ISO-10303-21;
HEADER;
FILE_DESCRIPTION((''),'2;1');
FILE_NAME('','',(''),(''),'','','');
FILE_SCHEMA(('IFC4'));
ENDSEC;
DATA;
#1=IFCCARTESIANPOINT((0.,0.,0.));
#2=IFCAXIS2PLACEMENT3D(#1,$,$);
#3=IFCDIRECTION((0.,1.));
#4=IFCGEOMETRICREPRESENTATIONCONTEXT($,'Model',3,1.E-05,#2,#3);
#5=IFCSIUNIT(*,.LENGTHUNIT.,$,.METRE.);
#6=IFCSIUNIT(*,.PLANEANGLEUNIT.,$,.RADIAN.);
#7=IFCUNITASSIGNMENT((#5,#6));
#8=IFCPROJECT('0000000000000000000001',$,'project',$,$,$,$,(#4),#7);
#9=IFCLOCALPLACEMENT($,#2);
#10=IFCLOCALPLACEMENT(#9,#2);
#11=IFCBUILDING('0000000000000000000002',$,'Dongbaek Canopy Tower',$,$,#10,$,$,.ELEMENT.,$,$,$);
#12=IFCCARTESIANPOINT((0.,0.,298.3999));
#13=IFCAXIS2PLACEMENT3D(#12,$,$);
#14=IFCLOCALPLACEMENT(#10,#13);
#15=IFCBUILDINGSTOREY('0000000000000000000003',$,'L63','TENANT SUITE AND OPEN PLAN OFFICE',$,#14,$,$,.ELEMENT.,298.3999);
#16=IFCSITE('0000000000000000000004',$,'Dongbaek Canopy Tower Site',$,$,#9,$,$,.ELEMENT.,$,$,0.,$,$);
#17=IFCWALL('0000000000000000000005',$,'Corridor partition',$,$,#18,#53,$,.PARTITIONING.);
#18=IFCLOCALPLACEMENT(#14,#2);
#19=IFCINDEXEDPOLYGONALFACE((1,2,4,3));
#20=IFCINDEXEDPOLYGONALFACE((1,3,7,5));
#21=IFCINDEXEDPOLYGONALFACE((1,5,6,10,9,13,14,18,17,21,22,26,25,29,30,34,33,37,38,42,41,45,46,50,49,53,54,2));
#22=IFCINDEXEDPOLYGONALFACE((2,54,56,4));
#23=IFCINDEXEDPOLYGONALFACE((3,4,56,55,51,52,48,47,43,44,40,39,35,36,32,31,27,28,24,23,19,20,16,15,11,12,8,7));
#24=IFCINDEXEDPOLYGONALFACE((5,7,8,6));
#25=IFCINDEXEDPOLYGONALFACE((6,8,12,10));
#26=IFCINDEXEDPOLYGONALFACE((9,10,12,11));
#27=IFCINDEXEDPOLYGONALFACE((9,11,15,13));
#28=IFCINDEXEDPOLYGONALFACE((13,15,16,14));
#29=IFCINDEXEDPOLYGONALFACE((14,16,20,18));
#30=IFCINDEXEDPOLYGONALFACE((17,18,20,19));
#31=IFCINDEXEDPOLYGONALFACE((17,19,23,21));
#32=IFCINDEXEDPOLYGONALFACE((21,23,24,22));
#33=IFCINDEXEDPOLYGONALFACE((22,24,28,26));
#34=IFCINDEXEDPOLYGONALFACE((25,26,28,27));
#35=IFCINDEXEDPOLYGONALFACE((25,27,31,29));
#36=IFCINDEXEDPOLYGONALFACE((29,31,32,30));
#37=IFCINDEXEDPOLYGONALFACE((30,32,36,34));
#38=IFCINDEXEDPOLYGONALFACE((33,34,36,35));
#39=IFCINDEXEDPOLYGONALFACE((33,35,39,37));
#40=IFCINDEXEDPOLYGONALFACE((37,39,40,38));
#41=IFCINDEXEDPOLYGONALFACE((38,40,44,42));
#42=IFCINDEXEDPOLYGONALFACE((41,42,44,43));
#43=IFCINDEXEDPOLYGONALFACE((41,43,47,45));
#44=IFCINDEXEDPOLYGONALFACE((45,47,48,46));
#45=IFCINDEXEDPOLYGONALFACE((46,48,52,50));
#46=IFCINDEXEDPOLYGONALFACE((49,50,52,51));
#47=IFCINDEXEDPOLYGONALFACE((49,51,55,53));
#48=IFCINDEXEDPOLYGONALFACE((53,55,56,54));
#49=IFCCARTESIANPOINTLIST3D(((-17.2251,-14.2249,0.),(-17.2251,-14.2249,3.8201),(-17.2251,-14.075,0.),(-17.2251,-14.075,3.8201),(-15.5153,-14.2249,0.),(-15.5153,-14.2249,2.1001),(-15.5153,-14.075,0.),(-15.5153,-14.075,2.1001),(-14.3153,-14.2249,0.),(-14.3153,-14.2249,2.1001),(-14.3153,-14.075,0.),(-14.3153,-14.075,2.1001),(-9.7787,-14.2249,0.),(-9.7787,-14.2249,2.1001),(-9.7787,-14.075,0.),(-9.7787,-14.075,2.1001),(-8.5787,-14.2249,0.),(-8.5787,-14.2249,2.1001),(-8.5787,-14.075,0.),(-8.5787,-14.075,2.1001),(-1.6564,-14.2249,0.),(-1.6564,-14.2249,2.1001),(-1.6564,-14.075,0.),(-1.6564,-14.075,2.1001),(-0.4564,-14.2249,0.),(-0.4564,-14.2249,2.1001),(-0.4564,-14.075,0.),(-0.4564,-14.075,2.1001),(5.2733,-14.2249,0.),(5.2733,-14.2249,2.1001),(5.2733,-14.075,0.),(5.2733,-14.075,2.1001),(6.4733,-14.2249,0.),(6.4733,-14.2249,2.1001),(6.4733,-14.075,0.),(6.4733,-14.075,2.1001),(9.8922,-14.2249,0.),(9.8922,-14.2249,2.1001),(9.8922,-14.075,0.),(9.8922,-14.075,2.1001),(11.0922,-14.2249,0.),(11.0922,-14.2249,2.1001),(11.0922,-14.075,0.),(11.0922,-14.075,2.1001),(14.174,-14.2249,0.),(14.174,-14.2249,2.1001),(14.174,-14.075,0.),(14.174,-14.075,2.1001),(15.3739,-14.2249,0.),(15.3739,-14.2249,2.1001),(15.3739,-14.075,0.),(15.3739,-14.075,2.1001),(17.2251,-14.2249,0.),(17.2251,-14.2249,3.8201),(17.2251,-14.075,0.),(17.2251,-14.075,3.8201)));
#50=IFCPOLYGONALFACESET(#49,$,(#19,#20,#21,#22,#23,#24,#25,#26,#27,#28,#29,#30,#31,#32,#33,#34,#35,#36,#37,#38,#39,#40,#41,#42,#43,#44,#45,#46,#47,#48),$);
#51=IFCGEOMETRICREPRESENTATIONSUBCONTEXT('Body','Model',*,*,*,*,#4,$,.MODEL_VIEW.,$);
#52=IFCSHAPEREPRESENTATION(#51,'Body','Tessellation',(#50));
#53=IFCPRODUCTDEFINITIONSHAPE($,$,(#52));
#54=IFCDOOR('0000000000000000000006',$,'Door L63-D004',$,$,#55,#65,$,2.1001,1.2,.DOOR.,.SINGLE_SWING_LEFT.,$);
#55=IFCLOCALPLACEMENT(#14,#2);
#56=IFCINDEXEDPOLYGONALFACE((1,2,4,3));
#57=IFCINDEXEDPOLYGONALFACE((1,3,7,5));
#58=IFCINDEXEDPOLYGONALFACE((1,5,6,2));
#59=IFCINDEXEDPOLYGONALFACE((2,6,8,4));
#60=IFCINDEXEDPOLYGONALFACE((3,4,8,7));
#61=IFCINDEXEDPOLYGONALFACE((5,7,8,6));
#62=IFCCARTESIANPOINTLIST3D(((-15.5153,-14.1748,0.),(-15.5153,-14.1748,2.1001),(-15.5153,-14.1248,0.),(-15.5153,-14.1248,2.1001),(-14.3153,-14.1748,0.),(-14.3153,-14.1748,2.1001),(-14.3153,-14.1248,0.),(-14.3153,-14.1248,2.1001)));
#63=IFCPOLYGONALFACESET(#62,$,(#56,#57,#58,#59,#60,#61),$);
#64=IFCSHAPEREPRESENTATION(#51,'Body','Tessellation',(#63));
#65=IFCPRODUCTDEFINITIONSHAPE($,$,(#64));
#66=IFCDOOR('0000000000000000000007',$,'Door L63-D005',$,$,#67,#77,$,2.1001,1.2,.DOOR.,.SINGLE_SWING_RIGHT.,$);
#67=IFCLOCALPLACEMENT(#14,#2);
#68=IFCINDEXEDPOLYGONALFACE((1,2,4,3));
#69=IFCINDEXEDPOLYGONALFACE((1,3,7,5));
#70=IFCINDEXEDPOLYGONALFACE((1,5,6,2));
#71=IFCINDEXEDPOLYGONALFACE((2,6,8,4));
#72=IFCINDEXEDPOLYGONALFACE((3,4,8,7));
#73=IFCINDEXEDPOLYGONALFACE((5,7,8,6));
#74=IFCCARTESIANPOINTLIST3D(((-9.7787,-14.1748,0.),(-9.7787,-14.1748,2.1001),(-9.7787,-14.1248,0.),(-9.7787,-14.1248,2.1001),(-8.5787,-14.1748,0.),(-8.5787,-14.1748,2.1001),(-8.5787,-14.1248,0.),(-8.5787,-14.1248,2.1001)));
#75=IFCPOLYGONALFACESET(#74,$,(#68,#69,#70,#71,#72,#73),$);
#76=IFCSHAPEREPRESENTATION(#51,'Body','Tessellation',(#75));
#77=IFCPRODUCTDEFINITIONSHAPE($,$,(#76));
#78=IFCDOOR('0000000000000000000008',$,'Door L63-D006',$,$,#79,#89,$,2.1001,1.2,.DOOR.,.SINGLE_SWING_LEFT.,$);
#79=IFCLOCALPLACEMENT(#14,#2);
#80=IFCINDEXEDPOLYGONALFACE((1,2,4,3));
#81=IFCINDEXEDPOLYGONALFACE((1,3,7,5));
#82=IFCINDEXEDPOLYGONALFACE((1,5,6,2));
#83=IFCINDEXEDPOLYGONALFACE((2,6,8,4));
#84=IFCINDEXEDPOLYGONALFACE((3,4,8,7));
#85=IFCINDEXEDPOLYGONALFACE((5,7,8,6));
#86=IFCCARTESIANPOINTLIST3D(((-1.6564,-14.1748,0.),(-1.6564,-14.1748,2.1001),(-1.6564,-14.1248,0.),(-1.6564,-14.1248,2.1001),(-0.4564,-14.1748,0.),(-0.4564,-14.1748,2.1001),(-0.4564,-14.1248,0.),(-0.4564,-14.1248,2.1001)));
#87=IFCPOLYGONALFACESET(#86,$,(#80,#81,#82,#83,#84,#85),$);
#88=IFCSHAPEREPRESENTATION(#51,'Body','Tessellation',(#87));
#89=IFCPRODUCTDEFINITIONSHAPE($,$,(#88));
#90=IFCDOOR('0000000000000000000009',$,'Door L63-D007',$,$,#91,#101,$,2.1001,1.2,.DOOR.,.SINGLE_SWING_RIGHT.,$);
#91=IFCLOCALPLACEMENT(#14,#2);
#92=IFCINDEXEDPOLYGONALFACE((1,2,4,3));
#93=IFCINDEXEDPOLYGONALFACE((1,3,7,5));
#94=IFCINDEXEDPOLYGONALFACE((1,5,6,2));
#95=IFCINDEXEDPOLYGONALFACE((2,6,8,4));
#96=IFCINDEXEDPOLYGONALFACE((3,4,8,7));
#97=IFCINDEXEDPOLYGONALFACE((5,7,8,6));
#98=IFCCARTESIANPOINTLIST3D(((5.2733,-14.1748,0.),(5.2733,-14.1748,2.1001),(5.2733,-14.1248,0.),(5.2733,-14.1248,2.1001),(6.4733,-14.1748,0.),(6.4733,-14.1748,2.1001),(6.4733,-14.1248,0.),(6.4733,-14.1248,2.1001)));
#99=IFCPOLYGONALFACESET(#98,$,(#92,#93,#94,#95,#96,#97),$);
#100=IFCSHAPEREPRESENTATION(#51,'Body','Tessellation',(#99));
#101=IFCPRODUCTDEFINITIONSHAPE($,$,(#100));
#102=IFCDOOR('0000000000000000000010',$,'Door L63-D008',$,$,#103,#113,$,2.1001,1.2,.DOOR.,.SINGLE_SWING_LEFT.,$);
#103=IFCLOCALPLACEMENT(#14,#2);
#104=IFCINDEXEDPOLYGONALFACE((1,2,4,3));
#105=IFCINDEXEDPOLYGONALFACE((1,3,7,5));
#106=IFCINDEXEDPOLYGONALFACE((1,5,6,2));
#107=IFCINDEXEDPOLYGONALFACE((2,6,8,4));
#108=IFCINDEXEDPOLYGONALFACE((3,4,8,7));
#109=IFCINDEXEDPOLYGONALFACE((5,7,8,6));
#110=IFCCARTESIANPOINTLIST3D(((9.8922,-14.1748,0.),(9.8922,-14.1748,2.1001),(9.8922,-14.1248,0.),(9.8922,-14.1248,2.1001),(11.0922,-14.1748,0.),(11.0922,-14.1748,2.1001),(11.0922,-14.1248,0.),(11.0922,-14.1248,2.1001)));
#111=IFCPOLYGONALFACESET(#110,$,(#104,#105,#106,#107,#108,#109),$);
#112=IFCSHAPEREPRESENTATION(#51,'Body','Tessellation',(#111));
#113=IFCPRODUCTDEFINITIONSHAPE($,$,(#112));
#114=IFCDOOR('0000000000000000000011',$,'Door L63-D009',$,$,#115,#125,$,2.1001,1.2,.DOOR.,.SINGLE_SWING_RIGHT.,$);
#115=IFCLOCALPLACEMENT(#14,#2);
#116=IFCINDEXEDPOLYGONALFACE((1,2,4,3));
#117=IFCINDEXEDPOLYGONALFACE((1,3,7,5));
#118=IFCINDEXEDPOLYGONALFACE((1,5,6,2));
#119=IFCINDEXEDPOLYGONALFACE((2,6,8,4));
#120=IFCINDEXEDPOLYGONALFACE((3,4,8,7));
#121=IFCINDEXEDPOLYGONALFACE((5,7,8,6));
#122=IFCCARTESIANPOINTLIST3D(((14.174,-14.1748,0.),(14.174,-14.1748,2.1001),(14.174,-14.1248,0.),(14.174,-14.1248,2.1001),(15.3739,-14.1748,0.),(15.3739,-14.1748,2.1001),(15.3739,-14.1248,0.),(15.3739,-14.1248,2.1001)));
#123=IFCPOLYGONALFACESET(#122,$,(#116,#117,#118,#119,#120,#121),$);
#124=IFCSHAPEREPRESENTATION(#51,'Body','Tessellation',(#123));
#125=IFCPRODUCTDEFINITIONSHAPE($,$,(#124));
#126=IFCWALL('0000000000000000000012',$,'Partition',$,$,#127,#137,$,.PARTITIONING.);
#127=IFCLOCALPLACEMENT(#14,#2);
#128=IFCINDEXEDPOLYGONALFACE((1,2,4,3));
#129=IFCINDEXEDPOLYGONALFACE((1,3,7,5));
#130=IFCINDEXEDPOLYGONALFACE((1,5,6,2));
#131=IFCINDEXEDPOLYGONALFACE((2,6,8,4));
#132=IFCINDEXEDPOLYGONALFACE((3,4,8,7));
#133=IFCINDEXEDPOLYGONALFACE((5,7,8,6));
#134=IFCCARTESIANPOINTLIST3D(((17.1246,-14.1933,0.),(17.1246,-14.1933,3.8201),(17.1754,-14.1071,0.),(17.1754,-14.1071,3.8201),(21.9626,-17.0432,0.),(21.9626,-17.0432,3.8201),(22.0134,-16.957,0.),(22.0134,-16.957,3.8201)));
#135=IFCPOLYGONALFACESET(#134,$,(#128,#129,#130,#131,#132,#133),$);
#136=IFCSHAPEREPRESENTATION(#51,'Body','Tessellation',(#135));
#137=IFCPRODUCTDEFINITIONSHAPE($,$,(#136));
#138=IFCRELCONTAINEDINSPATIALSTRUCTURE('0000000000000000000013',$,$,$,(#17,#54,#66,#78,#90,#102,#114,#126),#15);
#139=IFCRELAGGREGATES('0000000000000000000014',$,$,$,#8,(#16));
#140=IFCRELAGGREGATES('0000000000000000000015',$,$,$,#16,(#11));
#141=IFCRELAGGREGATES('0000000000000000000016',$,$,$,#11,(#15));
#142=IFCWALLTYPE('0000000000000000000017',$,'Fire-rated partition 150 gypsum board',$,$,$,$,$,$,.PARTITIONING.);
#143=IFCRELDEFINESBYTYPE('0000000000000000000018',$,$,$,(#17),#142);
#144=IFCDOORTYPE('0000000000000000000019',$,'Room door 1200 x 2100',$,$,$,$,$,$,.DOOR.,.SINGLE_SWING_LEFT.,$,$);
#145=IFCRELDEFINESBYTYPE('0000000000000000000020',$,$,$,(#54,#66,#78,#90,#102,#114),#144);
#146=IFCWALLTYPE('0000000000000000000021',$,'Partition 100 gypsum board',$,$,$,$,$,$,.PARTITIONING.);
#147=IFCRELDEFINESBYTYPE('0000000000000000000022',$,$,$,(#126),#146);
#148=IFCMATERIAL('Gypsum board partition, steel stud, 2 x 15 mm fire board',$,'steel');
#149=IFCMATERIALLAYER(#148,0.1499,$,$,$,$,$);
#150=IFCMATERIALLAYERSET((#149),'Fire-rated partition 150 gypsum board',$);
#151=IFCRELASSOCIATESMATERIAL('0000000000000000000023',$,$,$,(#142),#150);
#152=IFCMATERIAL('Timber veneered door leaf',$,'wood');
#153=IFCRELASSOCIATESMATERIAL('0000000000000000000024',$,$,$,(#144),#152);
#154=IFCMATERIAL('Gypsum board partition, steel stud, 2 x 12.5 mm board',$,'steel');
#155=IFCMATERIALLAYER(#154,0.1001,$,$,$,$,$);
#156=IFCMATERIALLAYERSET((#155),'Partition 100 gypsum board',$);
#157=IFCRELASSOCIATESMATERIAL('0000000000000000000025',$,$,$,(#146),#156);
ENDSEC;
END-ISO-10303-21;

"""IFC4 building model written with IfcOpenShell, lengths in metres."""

from ifc_helpers import new_model, si_unit, direction, frame, frame_2d, origin, place, context, subcontext, project, spatial, rectangle, extrude, material, layer, layer_set, type_object, element, fill, save


model = new_model("IFC4")

# Units and contexts
model_context = context("Model", 3, precision=1e-05, world=origin(), true_north=direction((0.0, 1.0)))
body_context = subcontext(model_context, "Body", "Model", "MODEL_VIEW")
ifc_project = project(units=[si_unit("LENGTHUNIT", "METRE"), si_unit("PLANEANGLEUNIT", "RADIAN")], contexts=[model_context])

# Site, building, storey
site_placement = place(None, origin())
site = spatial("IfcSite", under=ifc_project, at=site_placement, Name="Dongbaek Canopy Tower Site", CompositionType="ELEMENT", RefElevation=0.0)
building_placement = place(site_placement, origin())
building = spatial("IfcBuilding", under=site, at=building_placement, Name="Dongbaek Canopy Tower", CompositionType="ELEMENT")
storey_placement = place(building_placement, frame((0.0, 0.0, 298.3999)))
storey = spatial("IfcBuildingStorey", under=building, at=storey_placement, Name="L63", Description="TENANT SUITE AND OPEN PLAN OFFICE", CompositionType="ELEMENT", Elevation=298.3999)

# Wall, openings, doors
ifc_material_1 = material(Name="Gypsum board partition, steel stud, 2 x 15 mm fire board", Category="steel")
ifc_layer_1 = layer(ifc_material_1, 0.1499)
ifc_layer_set_1 = layer_set([ifc_layer_1], Name="Fire-rated partition 150 gypsum board")
wall_type_1 = type_object("IfcWallType", Name="Fire-rated partition 150 gypsum board", PredefinedType="PARTITIONING", material=ifc_layer_set_1)
wall_1_placement = place(storey_placement, frame((17.2251, -14.1499, 0.0), z_axis=(0.0, 0.0, 1.0), x_axis=(-1.0, 0.0, 0.0)))
wall_1 = element("IfcWall", 1, at=wall_1_placement, inside=storey, type_object=wall_type_1, Name="Corridor partition", PredefinedType="PARTITIONING", context=body_context, shape_type="SweptSolid", body=[
    extrude(rectangle(XDim=34.4502, YDim=0.1499, at=frame_2d((17.2251, 0.0))), origin(), (0.0, 0.0, 1.0), 3.8201),
])
opening_1_placement = place(wall_1_placement, frame((31.5403, 0.0, 0.0)))
opening_1 = element("IfcOpeningElement", 2, at=opening_1_placement, cuts=wall_1, PredefinedType="OPENING", context=body_context, shape_type="SweptSolid", body=[
    extrude(rectangle(XDim=1.2, YDim=2.1001, at=frame_2d((0.6001, 1.05))), frame((0.0, 0.085, 0.0), z_axis=(0.0, -1.0, 0.0), x_axis=(1.0, 0.0, 0.0)), (0.0, 0.0, 1.0), 0.1699),
])
opening_2_placement = place(wall_1_placement, frame((25.8037, 0.0, 0.0)))
opening_2 = element("IfcOpeningElement", 3, at=opening_2_placement, cuts=wall_1, PredefinedType="OPENING", context=body_context, shape_type="SweptSolid", body=[
    extrude(rectangle(XDim=1.2, YDim=2.1001, at=frame_2d((0.6001, 1.05))), frame((0.0, 0.085, 0.0), z_axis=(0.0, -1.0, 0.0), x_axis=(1.0, 0.0, 0.0)), (0.0, 0.0, 1.0), 0.1699),
])
opening_3_placement = place(wall_1_placement, frame((17.6814, 0.0, 0.0)))
opening_3 = element("IfcOpeningElement", 4, at=opening_3_placement, cuts=wall_1, PredefinedType="OPENING", context=body_context, shape_type="SweptSolid", body=[
    extrude(rectangle(XDim=1.2, YDim=2.1001, at=frame_2d((0.6001, 1.05))), frame((0.0, 0.085, 0.0), z_axis=(0.0, -1.0, 0.0), x_axis=(1.0, 0.0, 0.0)), (0.0, 0.0, 1.0), 0.1699),
])
opening_4_placement = place(wall_1_placement, frame((10.7517, 0.0, 0.0)))
opening_4 = element("IfcOpeningElement", 5, at=opening_4_placement, cuts=wall_1, PredefinedType="OPENING", context=body_context, shape_type="SweptSolid", body=[
    extrude(rectangle(XDim=1.2, YDim=2.1001, at=frame_2d((0.6001, 1.05))), frame((0.0, 0.085, 0.0), z_axis=(0.0, -1.0, 0.0), x_axis=(1.0, 0.0, 0.0)), (0.0, 0.0, 1.0), 0.1699),
])
opening_5_placement = place(wall_1_placement, frame((6.1328, 0.0, 0.0)))
opening_5 = element("IfcOpeningElement", 6, at=opening_5_placement, cuts=wall_1, PredefinedType="OPENING", context=body_context, shape_type="SweptSolid", body=[
    extrude(rectangle(XDim=1.2, YDim=2.1001, at=frame_2d((0.6001, 1.05))), frame((0.0, 0.085, 0.0), z_axis=(0.0, -1.0, 0.0), x_axis=(1.0, 0.0, 0.0)), (0.0, 0.0, 1.0), 0.1699),
])
opening_6_placement = place(wall_1_placement, frame((1.8511, 0.0, 0.0)))
opening_6 = element("IfcOpeningElement", 7, at=opening_6_placement, cuts=wall_1, PredefinedType="OPENING", context=body_context, shape_type="SweptSolid", body=[
    extrude(rectangle(XDim=1.2, YDim=2.1001, at=frame_2d((0.6001, 1.05))), frame((0.0, 0.085, 0.0), z_axis=(0.0, -1.0, 0.0), x_axis=(1.0, 0.0, 0.0)), (0.0, 0.0, 1.0), 0.1699),
])
ifc_material_2 = material(Name="Timber veneered door leaf", Category="wood")
door_type_1 = type_object("IfcDoorType", Name="Room door 1200 x 2100", OperationType="SINGLE_SWING_LEFT", PredefinedType="DOOR", material=ifc_material_2)
door_1_placement = place(opening_1_placement, origin())
door_1 = element("IfcDoor", 8, at=door_1_placement, inside=storey, type_object=door_type_1, Name="Door L63-D004", OperationType="SINGLE_SWING_LEFT", OverallHeight=2.1001, OverallWidth=1.2, PredefinedType="DOOR", context=body_context, shape_type="SweptSolid", body=[
    extrude(rectangle(XDim=1.2, YDim=2.1001, at=frame_2d((0.6001, 1.05))), frame((0.0, 0.0249, 0.0), z_axis=(0.0, -1.0, 0.0), x_axis=(1.0, 0.0, 0.0)), (0.0, 0.0, 1.0), 0.05),
])
fill(opening_1, door_1)
door_2_placement = place(opening_2_placement, origin())
door_2 = element("IfcDoor", 9, at=door_2_placement, inside=storey, type_object=door_type_1, Name="Door L63-D005", OperationType="SINGLE_SWING_RIGHT", OverallHeight=2.1001, OverallWidth=1.2, PredefinedType="DOOR", context=body_context, shape_type="SweptSolid", body=[
    extrude(rectangle(XDim=1.2, YDim=2.1001, at=frame_2d((0.6001, 1.05))), frame((0.0, 0.0249, 0.0), z_axis=(0.0, -1.0, 0.0), x_axis=(1.0, 0.0, 0.0)), (0.0, 0.0, 1.0), 0.05),
])
fill(opening_2, door_2)
door_3_placement = place(opening_3_placement, origin())
door_3 = element("IfcDoor", 10, at=door_3_placement, inside=storey, type_object=door_type_1, Name="Door L63-D006", OperationType="SINGLE_SWING_LEFT", OverallHeight=2.1001, OverallWidth=1.2, PredefinedType="DOOR", context=body_context, shape_type="SweptSolid", body=[
    extrude(rectangle(XDim=1.2, YDim=2.1001, at=frame_2d((0.6001, 1.05))), frame((0.0, 0.0249, 0.0), z_axis=(0.0, -1.0, 0.0), x_axis=(1.0, 0.0, 0.0)), (0.0, 0.0, 1.0), 0.05),
])
fill(opening_3, door_3)
door_4_placement = place(opening_4_placement, origin())
door_4 = element("IfcDoor", 11, at=door_4_placement, inside=storey, type_object=door_type_1, Name="Door L63-D007", OperationType="SINGLE_SWING_RIGHT", OverallHeight=2.1001, OverallWidth=1.2, PredefinedType="DOOR", context=body_context, shape_type="SweptSolid", body=[
    extrude(rectangle(XDim=1.2, YDim=2.1001, at=frame_2d((0.6001, 1.05))), frame((0.0, 0.0249, 0.0), z_axis=(0.0, -1.0, 0.0), x_axis=(1.0, 0.0, 0.0)), (0.0, 0.0, 1.0), 0.05),
])
fill(opening_4, door_4)
door_5_placement = place(opening_5_placement, origin())
door_5 = element("IfcDoor", 12, at=door_5_placement, inside=storey, type_object=door_type_1, Name="Door L63-D008", OperationType="SINGLE_SWING_LEFT", OverallHeight=2.1001, OverallWidth=1.2, PredefinedType="DOOR", context=body_context, shape_type="SweptSolid", body=[
    extrude(rectangle(XDim=1.2, YDim=2.1001, at=frame_2d((0.6001, 1.05))), frame((0.0, 0.0249, 0.0), z_axis=(0.0, -1.0, 0.0), x_axis=(1.0, 0.0, 0.0)), (0.0, 0.0, 1.0), 0.05),
])
fill(opening_5, door_5)
door_6_placement = place(opening_6_placement, origin())
door_6 = element("IfcDoor", 13, at=door_6_placement, inside=storey, type_object=door_type_1, Name="Door L63-D009", OperationType="SINGLE_SWING_RIGHT", OverallHeight=2.1001, OverallWidth=1.2, PredefinedType="DOOR", context=body_context, shape_type="SweptSolid", body=[
    extrude(rectangle(XDim=1.2, YDim=2.1001, at=frame_2d((0.6001, 1.05))), frame((0.0, 0.0249, 0.0), z_axis=(0.0, -1.0, 0.0), x_axis=(1.0, 0.0, 0.0)), (0.0, 0.0, 1.0), 0.05),
])
fill(opening_6, door_6)

# Wall
ifc_material_3 = material(Name="Gypsum board partition, steel stud, 2 x 12.5 mm board", Category="steel")
ifc_layer_2 = layer(ifc_material_3, 0.1001)
ifc_layer_set_2 = layer_set([ifc_layer_2], Name="Partition 100 gypsum board")
wall_type_2 = type_object("IfcWallType", Name="Partition 100 gypsum board", PredefinedType="PARTITIONING", material=ifc_layer_set_2)
wall_2_placement = place(storey_placement, frame((17.1499, -14.1501, 0.0), z_axis=(0.0, 0.0, 1.0), x_axis=(0.86162, -0.507554, 0.0)))
element("IfcWall", 14, at=wall_2_placement, inside=storey, type_object=wall_type_2, Name="Partition", PredefinedType="PARTITIONING", context=body_context, shape_type="SweptSolid", body=[
    extrude(rectangle(XDim=5.615, YDim=0.1001, at=frame_2d((2.8076, 0.0))), origin(), (0.0, 0.0, 1.0), 3.8201),
])

save(model, "model.ifc")
